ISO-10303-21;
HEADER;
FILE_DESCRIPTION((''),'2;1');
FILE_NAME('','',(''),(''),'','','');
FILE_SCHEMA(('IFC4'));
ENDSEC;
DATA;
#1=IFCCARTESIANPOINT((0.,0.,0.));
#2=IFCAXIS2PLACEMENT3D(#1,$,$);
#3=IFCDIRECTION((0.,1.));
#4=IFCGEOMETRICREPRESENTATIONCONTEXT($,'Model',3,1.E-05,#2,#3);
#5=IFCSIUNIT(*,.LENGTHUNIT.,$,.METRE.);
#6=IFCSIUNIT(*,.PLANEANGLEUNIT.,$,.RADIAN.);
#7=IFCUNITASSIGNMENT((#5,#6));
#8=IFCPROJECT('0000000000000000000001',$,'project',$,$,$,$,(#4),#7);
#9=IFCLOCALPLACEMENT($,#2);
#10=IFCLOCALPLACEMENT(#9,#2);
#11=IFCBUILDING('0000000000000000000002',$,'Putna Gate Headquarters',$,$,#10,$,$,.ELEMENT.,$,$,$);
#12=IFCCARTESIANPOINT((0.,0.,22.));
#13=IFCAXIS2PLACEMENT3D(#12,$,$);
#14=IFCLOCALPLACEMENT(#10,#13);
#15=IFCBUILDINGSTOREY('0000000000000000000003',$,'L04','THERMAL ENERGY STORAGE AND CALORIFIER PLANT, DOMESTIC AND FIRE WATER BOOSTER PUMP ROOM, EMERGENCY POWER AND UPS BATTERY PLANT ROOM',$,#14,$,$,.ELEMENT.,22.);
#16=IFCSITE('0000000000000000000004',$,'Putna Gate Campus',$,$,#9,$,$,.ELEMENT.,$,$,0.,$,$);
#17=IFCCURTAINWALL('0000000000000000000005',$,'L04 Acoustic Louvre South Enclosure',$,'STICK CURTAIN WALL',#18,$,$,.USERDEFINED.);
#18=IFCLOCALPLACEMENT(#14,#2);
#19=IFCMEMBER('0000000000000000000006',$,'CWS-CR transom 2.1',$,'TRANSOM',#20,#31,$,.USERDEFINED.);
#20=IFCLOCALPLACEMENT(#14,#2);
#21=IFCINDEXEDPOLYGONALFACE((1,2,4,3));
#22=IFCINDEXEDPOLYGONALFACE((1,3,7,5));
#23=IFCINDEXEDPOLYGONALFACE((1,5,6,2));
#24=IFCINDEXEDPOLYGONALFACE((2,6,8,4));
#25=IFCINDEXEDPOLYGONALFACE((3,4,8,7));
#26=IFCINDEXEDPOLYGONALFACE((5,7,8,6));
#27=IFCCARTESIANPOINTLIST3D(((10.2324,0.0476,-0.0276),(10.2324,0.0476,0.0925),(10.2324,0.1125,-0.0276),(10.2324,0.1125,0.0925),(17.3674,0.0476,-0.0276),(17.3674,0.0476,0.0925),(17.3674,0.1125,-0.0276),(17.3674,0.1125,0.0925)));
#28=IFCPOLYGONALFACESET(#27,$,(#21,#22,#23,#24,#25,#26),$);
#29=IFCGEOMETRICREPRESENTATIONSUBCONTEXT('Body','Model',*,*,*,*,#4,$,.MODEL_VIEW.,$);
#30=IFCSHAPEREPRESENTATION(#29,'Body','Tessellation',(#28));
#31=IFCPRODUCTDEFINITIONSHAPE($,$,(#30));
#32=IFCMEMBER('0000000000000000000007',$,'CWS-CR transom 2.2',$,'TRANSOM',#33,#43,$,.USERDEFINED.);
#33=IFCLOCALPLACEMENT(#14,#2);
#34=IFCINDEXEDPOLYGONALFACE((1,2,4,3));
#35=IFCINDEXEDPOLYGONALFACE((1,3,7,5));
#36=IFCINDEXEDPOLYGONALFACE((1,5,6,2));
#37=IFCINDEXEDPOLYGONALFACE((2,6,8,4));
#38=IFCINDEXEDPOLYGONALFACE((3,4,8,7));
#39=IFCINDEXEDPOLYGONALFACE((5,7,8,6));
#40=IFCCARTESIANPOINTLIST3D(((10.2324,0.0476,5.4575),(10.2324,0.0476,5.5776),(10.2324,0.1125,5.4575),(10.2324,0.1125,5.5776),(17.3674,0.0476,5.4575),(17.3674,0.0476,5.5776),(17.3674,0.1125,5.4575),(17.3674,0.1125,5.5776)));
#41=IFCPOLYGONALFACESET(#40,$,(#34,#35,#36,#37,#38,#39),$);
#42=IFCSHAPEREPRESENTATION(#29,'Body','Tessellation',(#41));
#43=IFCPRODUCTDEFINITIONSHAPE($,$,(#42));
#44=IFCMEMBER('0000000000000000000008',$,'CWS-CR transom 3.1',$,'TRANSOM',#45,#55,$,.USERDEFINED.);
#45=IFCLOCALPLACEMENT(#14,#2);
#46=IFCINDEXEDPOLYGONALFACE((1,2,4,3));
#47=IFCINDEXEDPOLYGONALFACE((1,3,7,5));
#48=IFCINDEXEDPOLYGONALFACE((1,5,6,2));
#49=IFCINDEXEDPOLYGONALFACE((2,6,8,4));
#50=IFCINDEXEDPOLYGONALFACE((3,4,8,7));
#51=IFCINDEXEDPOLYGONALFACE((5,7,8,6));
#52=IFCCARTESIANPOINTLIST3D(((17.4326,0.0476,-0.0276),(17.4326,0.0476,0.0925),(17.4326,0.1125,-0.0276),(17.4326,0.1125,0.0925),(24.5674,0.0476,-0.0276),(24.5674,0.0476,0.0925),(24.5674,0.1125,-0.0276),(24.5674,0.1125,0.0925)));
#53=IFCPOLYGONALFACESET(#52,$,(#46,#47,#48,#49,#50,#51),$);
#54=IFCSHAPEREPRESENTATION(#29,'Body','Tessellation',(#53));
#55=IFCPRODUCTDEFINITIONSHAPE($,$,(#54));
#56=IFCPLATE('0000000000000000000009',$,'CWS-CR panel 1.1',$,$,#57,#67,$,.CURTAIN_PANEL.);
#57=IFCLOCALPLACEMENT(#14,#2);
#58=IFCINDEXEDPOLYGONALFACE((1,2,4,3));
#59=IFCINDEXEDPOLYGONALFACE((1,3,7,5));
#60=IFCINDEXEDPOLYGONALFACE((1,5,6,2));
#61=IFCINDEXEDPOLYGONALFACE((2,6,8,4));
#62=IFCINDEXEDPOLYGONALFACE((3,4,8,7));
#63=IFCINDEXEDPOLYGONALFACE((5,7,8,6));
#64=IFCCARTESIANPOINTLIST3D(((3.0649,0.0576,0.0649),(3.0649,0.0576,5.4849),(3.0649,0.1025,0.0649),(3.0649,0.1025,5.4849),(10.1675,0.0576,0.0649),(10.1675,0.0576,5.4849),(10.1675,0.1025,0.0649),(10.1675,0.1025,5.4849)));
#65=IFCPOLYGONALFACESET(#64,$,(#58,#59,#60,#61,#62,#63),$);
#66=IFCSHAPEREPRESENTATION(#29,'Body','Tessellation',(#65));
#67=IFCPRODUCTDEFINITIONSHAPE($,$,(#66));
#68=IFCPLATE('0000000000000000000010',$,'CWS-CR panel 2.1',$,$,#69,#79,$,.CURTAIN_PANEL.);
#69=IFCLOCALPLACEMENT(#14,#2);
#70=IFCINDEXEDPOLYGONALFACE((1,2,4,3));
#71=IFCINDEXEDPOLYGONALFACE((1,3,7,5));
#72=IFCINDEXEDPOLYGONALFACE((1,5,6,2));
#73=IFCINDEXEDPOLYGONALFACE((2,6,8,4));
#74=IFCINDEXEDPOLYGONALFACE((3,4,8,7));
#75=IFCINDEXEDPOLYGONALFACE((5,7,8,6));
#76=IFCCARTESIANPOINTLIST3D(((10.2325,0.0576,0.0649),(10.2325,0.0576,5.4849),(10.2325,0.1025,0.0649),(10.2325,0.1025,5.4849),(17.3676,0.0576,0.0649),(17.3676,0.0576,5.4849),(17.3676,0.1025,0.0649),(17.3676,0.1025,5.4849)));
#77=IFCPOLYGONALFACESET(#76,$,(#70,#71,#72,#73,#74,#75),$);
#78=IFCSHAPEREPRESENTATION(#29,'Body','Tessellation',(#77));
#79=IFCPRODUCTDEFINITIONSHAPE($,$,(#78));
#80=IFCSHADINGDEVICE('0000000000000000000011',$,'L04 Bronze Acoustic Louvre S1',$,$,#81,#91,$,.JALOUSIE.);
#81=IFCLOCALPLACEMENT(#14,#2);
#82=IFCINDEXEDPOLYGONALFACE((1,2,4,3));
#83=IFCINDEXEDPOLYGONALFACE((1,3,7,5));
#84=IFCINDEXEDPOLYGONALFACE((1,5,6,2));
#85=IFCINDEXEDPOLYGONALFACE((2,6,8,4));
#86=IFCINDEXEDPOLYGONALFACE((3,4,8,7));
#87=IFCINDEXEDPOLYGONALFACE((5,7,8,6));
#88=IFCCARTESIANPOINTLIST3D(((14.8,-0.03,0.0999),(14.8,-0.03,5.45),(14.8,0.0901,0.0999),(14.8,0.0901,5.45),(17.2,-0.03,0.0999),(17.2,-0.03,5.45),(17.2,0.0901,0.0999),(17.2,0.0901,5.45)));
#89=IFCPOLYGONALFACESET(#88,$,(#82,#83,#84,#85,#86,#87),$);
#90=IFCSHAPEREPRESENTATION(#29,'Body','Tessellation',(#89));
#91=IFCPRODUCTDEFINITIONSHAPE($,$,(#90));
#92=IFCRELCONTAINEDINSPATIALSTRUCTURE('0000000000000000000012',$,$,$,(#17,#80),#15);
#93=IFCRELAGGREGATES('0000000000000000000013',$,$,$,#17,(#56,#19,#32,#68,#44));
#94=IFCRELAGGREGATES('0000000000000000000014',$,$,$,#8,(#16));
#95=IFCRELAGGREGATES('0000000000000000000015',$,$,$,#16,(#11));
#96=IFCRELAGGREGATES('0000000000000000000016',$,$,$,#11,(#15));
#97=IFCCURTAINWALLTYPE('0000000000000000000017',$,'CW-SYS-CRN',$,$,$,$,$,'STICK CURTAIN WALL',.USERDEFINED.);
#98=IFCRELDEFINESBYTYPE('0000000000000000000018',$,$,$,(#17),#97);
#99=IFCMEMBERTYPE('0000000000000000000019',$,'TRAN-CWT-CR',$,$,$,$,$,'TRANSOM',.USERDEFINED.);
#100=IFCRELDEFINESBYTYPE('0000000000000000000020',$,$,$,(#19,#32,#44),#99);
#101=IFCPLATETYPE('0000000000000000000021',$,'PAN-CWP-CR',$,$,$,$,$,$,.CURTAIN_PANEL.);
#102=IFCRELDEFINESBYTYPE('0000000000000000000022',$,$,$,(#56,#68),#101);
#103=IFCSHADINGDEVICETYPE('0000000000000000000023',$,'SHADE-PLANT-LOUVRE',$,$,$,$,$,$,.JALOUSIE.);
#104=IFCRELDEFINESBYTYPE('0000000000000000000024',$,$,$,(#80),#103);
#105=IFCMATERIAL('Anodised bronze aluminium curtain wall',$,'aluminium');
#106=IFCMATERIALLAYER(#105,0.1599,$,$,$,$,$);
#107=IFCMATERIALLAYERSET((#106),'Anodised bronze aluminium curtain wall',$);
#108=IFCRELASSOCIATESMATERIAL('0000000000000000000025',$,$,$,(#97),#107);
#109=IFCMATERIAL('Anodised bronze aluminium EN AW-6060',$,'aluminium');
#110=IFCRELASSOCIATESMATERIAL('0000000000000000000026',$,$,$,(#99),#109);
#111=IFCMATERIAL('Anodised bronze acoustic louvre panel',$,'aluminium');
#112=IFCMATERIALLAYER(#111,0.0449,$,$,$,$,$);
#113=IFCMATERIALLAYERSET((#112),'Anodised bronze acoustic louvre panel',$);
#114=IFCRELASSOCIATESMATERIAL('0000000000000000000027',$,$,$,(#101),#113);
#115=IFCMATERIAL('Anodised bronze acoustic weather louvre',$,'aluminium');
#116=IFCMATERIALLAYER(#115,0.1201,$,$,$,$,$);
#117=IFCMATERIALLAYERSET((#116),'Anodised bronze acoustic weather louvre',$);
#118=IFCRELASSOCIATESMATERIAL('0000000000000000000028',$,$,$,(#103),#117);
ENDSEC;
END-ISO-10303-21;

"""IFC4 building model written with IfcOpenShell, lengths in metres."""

from ifc_helpers import new_model, si_unit, direction, frame, origin, origin_2d, place, context, subcontext, project, spatial, rectangle, extrude, material, layer, layer_set, material_profile, profile_set, type_object, element, aggregate, save


model = new_model("IFC4")

# Units and contexts
model_context = context("Model", 3, precision=1e-05, world=origin(), true_north=direction((0.0, 1.0)))
body_context = subcontext(model_context, "Body", "Model", "MODEL_VIEW")
ifc_project = project(units=[si_unit("LENGTHUNIT", "METRE"), si_unit("PLANEANGLEUNIT", "RADIAN")], contexts=[model_context])

# Site, building, storey
site_placement = place(None, origin())
site = spatial("IfcSite", under=ifc_project, at=site_placement, Name="Putna Gate Campus", CompositionType="ELEMENT", RefElevation=0.0)
building_placement = place(site_placement, origin())
building = spatial("IfcBuilding", under=site, at=building_placement, Name="Putna Gate Headquarters", CompositionType="ELEMENT")
storey_placement = place(building_placement, frame((0.0, 0.0, 22.0)))
storey = spatial("IfcBuildingStorey", under=building, at=storey_placement, Name="L04", Description="THERMAL ENERGY STORAGE AND CALORIFIER PLANT, DOMESTIC AND FIRE WATER BOOSTER PUMP ROOM, EMERGENCY POWER AND UPS BATTERY PLANT ROOM", CompositionType="ELEMENT", Elevation=22.0)

# Curtain wall, members, plates
ifc_material_1 = material(Name="Anodised bronze aluminium curtain wall", Category="aluminium")
ifc_layer_1 = layer(ifc_material_1, 0.1599)
ifc_layer_set_1 = layer_set([ifc_layer_1], Name="Anodised bronze aluminium curtain wall")
curtain_wall_type = type_object("IfcCurtainWallType", Name="CW-SYS-CRN", ElementType="STICK CURTAIN WALL", PredefinedType="USERDEFINED", material=ifc_layer_set_1)
curtain_wall_placement = place(storey_placement, origin())
curtain_wall = element("IfcCurtainWall", 1, at=curtain_wall_placement, inside=storey, type_object=curtain_wall_type, Name="L04 Acoustic Louvre South Enclosure", ObjectType="STICK CURTAIN WALL", PredefinedType="USERDEFINED")
ifc_material_2 = material(Name="Anodised bronze aluminium EN AW-6060", Category="aluminium")
ifc_material_profile_1 = material_profile(ifc_material_2, rectangle(XDim=0.0649, YDim=0.1201, at=origin_2d()), Name="Anodised bronze aluminium EN AW-6060")
ifc_profile_set_1 = profile_set([ifc_material_profile_1], Name="Anodised bronze aluminium EN AW-6060")
member_type_1 = type_object("IfcMemberType", Name="TRAN-CWT-CR", ElementType="TRANSOM", PredefinedType="USERDEFINED", material=ifc_profile_set_1)
member_1_placement = place(storey_placement, frame((10.2324, 0.0801, 0.0325), z_axis=(1.0, 0.0, 0.0), x_axis=(0.0, 1.0, 0.0)))
member_1 = element("IfcMember", 2, at=member_1_placement, type_object=member_type_1, Name="CWS-CR transom 2.1", ObjectType="TRANSOM", PredefinedType="USERDEFINED", context=body_context, shape_type="SweptSolid", body=[
    extrude(rectangle(XDim=0.0649, YDim=0.1201, at=origin_2d()), origin(), (0.0, 0.0, 1.0), 7.135),
])
member_2_placement = place(storey_placement, frame((10.2324, 0.0801, 5.5176), z_axis=(1.0, 0.0, 0.0), x_axis=(0.0, 1.0, 0.0)))
member_2 = element("IfcMember", 3, at=member_2_placement, type_object=member_type_1, Name="CWS-CR transom 2.2", ObjectType="TRANSOM", PredefinedType="USERDEFINED", context=body_context, shape_type="SweptSolid", body=[
    extrude(rectangle(XDim=0.0649, YDim=0.1201, at=origin_2d()), origin(), (0.0, 0.0, 1.0), 7.135),
])
member_3_placement = place(storey_placement, frame((17.4326, 0.0801, 0.0325), z_axis=(1.0, 0.0, 0.0), x_axis=(0.0, 1.0, 0.0)))
member_3 = element("IfcMember", 4, at=member_3_placement, type_object=member_type_1, Name="CWS-CR transom 3.1", ObjectType="TRANSOM", PredefinedType="USERDEFINED", context=body_context, shape_type="SweptSolid", body=[
    extrude(rectangle(XDim=0.0649, YDim=0.1201, at=origin_2d()), origin(), (0.0, 0.0, 1.0), 7.1348),
])
ifc_material_3 = material(Name="Anodised bronze acoustic louvre panel", Category="aluminium")
ifc_layer_2 = layer(ifc_material_3, 0.0449)
ifc_layer_set_2 = layer_set([ifc_layer_2], Name="Anodised bronze acoustic louvre panel")
plate_type = type_object("IfcPlateType", Name="PAN-CWP-CR", PredefinedType="CURTAIN_PANEL", material=ifc_layer_set_2)
plate_1_placement = place(storey_placement, frame((6.6162, 0.0801, 0.0649), z_axis=(0.0, 0.0, 1.0), x_axis=(1.0, 0.0, 0.0)))
plate_1 = element("IfcPlate", 5, at=plate_1_placement, type_object=plate_type, Name="CWS-CR panel 1.1", PredefinedType="CURTAIN_PANEL", context=body_context, shape_type="SweptSolid", body=[
    extrude(rectangle(XDim=7.1025, YDim=0.0449, at=origin_2d()), origin(), (0.0, 0.0, 1.0), 5.4199),
])
plate_2_placement = place(storey_placement, frame((13.8, 0.0801, 0.0649), z_axis=(0.0, 0.0, 1.0), x_axis=(1.0, 0.0, 0.0)))
plate_2 = element("IfcPlate", 6, at=plate_2_placement, type_object=plate_type, Name="CWS-CR panel 2.1", PredefinedType="CURTAIN_PANEL", context=body_context, shape_type="SweptSolid", body=[
    extrude(rectangle(XDim=7.135, YDim=0.0449, at=origin_2d()), origin(), (0.0, 0.0, 1.0), 5.4199),
])
aggregate(curtain_wall, [plate_1, member_1, member_2, plate_2, member_3])

# Shading device
ifc_material_4 = material(Name="Anodised bronze acoustic weather louvre", Category="aluminium")
ifc_layer_3 = layer(ifc_material_4, 0.1201)
ifc_layer_set_3 = layer_set([ifc_layer_3], Name="Anodised bronze acoustic weather louvre")
shading_device_type = type_object("IfcShadingDeviceType", Name="SHADE-PLANT-LOUVRE", PredefinedType="JALOUSIE", material=ifc_layer_set_3)
shading_device_placement = place(storey_placement, frame((16.0, 0.03, 0.0999), z_axis=(0.0, 0.0, 1.0), x_axis=(1.0, 0.0, 0.0)))
element("IfcShadingDevice", 7, at=shading_device_placement, inside=storey, type_object=shading_device_type, Name="L04 Bronze Acoustic Louvre S1", PredefinedType="JALOUSIE", context=body_context, shape_type="SweptSolid", body=[
    extrude(rectangle(XDim=2.3999, YDim=0.1201, at=origin_2d()), origin(), (0.0, 0.0, 1.0), 5.3501),
])

save(model, "model.ifc")
